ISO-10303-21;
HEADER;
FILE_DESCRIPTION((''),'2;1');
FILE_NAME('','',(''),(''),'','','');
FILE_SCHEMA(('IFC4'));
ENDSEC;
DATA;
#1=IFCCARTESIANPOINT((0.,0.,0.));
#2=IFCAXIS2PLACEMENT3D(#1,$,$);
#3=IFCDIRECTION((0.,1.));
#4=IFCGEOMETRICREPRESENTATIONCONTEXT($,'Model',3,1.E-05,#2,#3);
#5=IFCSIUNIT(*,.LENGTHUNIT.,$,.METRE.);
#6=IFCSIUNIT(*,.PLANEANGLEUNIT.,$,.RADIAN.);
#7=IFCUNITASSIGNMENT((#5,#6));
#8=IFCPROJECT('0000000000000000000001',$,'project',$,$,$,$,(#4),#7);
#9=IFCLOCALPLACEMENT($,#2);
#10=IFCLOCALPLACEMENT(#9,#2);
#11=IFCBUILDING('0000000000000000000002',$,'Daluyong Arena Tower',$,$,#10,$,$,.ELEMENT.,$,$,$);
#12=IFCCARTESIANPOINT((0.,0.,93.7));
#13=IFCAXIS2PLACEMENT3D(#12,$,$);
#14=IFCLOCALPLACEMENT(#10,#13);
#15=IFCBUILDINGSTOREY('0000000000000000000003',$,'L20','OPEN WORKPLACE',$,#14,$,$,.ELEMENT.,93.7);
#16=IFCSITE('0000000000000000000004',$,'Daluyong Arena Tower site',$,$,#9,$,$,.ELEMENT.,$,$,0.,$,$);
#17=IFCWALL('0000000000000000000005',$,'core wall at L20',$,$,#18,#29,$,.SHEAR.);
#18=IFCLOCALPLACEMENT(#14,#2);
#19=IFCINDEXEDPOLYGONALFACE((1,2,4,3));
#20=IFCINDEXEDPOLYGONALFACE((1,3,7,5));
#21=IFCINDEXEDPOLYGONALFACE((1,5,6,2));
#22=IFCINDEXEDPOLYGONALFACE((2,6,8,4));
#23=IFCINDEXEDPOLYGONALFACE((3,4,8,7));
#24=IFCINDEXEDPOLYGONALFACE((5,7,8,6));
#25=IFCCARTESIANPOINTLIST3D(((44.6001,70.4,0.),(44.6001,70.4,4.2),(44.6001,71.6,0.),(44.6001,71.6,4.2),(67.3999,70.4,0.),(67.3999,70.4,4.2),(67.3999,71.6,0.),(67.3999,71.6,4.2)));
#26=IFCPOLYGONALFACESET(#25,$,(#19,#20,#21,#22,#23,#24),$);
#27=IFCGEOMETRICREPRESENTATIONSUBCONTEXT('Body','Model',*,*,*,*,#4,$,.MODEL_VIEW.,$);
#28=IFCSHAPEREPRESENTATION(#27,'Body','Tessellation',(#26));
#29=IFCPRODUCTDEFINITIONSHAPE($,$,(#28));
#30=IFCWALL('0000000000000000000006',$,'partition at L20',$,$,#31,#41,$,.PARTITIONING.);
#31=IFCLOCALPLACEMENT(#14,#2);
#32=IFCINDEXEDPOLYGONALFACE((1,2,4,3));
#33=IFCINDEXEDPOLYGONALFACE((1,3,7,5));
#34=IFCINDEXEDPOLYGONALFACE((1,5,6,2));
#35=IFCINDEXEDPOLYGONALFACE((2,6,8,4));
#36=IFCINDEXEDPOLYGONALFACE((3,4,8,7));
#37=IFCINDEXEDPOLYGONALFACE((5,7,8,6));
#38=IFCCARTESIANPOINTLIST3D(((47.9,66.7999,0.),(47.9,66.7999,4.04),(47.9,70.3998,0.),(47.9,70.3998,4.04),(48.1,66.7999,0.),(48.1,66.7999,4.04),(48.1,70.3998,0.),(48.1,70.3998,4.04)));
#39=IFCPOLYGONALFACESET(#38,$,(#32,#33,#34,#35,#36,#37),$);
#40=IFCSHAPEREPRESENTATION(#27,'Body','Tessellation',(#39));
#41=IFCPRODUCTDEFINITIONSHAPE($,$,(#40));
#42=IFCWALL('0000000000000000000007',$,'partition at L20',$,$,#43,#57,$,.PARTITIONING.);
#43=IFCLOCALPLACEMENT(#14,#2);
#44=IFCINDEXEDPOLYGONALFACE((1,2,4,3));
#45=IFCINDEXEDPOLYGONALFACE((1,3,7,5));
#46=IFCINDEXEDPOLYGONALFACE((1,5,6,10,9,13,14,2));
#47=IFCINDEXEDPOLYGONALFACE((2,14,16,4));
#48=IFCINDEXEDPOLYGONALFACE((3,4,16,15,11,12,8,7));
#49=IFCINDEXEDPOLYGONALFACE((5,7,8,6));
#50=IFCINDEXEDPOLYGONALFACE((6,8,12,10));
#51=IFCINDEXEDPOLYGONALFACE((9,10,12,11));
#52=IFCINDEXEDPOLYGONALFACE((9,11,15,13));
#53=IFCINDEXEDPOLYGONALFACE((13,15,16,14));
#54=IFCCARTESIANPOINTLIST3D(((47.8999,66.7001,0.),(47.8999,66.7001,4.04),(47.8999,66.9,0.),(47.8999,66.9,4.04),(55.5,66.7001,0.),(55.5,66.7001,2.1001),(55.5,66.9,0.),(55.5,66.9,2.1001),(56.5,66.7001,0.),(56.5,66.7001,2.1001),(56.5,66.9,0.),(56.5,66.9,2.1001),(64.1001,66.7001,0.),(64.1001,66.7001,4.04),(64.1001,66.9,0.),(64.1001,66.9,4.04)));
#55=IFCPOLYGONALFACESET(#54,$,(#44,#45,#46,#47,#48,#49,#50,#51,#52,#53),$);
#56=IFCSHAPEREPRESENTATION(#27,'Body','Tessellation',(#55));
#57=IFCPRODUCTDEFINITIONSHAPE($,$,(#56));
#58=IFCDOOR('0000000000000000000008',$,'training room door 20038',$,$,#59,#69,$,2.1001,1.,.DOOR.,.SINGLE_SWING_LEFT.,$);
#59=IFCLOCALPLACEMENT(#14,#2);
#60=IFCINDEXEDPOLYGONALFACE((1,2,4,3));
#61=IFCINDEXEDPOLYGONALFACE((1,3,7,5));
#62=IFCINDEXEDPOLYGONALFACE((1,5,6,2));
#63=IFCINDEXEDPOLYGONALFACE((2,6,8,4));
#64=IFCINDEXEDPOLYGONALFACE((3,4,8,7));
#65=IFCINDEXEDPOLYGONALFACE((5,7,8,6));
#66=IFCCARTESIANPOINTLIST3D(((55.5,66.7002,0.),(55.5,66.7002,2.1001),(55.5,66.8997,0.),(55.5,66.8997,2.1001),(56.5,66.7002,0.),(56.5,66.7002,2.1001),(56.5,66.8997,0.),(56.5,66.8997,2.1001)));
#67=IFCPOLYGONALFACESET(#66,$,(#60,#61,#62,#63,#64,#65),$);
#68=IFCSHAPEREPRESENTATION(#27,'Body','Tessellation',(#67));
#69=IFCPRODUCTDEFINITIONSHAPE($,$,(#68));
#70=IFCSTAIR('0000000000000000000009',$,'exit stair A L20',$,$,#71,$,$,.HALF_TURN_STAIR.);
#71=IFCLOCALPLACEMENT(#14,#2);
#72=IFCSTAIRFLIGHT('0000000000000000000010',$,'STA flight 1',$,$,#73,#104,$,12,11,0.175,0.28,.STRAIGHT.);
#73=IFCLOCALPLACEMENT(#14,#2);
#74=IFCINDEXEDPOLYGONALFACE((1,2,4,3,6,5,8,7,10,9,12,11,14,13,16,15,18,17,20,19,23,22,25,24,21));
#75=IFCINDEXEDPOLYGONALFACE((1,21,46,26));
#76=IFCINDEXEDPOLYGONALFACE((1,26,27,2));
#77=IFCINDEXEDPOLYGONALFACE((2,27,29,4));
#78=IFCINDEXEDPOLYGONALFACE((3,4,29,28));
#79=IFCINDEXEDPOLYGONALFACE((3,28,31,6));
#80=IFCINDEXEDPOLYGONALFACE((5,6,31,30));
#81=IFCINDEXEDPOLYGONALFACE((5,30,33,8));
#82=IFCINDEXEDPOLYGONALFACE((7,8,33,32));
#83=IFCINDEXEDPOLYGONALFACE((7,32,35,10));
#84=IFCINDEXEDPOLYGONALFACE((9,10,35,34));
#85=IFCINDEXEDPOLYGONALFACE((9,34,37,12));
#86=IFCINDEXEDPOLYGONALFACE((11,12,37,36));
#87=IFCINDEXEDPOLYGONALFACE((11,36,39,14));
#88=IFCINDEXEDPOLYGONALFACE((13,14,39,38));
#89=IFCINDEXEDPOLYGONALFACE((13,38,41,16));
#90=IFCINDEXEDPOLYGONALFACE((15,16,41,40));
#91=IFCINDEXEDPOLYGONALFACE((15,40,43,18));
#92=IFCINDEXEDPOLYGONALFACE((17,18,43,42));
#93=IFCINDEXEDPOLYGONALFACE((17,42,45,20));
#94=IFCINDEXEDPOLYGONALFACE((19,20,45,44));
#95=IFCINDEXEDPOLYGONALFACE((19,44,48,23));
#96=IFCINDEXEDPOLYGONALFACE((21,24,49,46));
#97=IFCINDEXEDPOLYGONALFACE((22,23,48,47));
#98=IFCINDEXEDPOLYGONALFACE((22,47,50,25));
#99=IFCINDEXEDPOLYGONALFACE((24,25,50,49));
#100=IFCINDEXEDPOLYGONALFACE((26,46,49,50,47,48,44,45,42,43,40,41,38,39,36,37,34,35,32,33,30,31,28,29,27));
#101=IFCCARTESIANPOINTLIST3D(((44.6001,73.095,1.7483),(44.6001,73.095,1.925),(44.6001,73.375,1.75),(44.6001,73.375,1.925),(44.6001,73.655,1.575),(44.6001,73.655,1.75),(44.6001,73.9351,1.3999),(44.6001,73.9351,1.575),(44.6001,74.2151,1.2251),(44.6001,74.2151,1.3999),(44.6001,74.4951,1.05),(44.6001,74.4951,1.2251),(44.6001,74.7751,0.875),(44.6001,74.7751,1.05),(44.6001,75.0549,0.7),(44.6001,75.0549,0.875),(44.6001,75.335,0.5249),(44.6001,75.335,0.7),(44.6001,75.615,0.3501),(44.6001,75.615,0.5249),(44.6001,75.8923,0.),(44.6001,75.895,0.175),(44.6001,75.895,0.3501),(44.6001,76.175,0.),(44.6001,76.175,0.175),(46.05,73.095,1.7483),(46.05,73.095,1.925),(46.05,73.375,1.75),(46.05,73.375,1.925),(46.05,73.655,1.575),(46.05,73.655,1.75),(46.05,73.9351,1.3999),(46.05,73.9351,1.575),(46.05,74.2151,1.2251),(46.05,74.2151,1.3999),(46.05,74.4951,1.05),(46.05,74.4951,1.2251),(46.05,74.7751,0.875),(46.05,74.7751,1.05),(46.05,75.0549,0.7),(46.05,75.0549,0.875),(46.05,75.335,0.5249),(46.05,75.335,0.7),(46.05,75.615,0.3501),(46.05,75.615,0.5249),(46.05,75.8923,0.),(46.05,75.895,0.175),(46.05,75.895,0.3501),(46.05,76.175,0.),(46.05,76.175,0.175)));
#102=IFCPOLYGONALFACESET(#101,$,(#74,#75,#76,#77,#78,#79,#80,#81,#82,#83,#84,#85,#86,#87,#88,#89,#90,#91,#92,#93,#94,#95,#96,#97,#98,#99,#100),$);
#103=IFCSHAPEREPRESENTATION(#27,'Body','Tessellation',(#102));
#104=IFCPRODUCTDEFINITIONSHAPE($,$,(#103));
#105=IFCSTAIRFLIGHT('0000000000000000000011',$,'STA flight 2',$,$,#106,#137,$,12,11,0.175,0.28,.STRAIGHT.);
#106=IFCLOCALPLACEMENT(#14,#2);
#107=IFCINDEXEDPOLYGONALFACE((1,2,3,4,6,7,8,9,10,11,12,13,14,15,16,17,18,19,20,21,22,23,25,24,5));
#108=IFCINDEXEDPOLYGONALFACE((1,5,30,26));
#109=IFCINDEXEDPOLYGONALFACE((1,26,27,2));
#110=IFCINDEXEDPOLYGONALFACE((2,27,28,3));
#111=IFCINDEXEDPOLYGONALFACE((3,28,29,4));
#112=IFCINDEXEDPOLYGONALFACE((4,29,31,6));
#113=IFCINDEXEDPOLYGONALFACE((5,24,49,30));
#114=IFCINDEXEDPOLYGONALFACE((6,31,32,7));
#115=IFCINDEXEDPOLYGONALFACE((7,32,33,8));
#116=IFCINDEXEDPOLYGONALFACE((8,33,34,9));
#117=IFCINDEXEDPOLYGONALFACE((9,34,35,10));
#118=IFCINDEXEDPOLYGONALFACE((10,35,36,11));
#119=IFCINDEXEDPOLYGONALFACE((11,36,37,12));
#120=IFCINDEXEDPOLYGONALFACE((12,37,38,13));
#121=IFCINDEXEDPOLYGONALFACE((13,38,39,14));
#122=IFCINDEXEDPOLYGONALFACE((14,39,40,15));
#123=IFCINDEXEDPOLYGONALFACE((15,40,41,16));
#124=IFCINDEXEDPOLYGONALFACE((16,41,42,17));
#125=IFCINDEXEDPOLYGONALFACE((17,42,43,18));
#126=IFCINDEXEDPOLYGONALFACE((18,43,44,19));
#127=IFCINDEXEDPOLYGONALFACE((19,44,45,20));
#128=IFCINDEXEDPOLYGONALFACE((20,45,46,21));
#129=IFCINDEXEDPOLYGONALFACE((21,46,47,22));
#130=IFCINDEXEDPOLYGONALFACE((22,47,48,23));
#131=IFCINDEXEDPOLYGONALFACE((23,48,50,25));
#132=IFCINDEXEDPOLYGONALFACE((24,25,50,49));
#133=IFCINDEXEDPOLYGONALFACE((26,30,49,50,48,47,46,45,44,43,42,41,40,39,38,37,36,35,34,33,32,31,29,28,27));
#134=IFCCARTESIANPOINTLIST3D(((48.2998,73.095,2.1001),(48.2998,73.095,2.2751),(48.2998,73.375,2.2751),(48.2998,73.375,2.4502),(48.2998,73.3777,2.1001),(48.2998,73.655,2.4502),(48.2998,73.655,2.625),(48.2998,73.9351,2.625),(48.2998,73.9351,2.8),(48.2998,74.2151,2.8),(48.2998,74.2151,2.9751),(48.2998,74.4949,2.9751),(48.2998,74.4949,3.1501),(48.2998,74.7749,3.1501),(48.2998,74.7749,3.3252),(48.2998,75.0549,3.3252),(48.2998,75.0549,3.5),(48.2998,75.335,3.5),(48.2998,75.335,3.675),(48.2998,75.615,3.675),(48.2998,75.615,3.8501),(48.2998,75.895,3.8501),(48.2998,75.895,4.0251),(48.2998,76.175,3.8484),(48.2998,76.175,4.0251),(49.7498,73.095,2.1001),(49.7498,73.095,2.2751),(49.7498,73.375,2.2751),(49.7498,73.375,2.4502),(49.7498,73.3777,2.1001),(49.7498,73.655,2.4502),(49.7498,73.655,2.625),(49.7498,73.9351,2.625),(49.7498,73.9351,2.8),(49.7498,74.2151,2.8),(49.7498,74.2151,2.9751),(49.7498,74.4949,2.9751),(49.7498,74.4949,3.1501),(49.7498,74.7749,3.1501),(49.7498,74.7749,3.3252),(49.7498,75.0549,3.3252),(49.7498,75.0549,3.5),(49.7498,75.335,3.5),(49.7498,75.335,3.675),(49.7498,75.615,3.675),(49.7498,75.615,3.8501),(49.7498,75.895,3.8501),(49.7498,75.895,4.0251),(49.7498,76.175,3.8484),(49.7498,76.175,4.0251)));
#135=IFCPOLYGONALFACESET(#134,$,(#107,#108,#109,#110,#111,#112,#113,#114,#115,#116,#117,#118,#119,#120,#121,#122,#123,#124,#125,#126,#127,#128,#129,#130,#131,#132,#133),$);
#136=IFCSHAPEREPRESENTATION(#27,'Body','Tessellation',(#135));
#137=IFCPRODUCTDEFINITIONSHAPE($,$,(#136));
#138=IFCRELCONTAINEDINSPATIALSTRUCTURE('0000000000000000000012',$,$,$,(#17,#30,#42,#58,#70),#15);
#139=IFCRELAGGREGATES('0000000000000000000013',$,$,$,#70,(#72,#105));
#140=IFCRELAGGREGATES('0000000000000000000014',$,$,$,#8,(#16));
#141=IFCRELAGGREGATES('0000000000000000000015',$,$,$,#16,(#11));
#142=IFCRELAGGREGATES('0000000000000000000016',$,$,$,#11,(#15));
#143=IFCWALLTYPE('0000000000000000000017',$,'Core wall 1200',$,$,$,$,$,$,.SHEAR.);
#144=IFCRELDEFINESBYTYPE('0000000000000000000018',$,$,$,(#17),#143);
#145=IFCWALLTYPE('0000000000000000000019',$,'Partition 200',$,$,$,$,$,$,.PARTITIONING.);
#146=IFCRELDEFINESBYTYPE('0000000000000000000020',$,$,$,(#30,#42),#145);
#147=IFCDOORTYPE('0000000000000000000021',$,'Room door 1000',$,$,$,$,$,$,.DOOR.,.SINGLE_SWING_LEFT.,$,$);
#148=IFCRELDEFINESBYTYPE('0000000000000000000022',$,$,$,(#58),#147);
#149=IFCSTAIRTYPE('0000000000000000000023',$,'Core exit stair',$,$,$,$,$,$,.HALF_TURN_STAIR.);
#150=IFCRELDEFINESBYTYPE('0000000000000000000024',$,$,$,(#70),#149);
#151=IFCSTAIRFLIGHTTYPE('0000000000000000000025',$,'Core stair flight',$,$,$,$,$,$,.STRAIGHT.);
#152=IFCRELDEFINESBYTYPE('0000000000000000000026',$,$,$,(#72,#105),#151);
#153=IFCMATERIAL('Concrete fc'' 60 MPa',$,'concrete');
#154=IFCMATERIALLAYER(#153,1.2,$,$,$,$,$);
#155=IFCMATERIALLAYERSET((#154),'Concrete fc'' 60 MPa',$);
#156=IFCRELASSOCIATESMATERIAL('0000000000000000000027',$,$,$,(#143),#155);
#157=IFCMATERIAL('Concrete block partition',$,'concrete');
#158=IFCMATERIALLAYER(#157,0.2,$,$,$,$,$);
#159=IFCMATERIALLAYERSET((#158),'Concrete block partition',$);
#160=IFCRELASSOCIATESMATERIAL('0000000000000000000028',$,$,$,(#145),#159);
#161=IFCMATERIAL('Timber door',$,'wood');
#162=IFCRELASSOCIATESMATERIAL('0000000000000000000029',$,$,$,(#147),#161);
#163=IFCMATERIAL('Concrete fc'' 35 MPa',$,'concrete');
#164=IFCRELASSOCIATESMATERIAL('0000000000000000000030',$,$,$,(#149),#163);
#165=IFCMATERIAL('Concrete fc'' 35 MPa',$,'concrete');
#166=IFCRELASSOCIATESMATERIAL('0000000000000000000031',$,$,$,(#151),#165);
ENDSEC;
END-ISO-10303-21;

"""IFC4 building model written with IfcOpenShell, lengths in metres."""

from ifc_helpers import new_model, si_unit, direction, frame, frame_2d, origin, place, context, subcontext, project, spatial, polyline, rectangle, outline, extrude, material, layer, layer_set, type_object, element, fill, aggregate, save


model = new_model("IFC4")

# Units and contexts
model_context = context("Model", 3, precision=1e-05, world=origin(), true_north=direction((0.0, 1.0)))
body_context = subcontext(model_context, "Body", "Model", "MODEL_VIEW")
ifc_project = project(units=[si_unit("LENGTHUNIT", "METRE"), si_unit("PLANEANGLEUNIT", "RADIAN")], contexts=[model_context])

# Site, building, storey
site_placement = place(None, origin())
site = spatial("IfcSite", under=ifc_project, at=site_placement, Name="Daluyong Arena Tower site", CompositionType="ELEMENT", RefElevation=0.0)
building_placement = place(site_placement, origin())
building = spatial("IfcBuilding", under=site, at=building_placement, Name="Daluyong Arena Tower", CompositionType="ELEMENT")
storey_placement = place(building_placement, frame((0.0, 0.0, 93.7)))
storey = spatial("IfcBuildingStorey", under=building, at=storey_placement, Name="L20", Description="OPEN WORKPLACE", CompositionType="ELEMENT", Elevation=93.7)

# Shared definitions
ifc_material_1 = material(Name="Concrete fc' 60 MPa", Category="concrete")
ifc_layer_1 = layer(ifc_material_1, 1.2)
ifc_layer_set_1 = layer_set([ifc_layer_1], Name="Concrete fc' 60 MPa")
wall_type_1 = type_object("IfcWallType", Name="Core wall 1200", PredefinedType="SHEAR", material=ifc_layer_set_1)

# Walls
wall_1_placement = place(storey_placement, frame((44.6001, 71.0, 0.0), z_axis=(0.0, 0.0, 1.0), x_axis=(1.0, 0.0, 0.0)))
element("IfcWall", 1, at=wall_1_placement, inside=storey, type_object=wall_type_1, Name="core wall at L20", PredefinedType="SHEAR", context=body_context, shape_type="SweptSolid", body=[
    extrude(rectangle(XDim=22.7998, YDim=1.2, at=frame_2d((11.3999, 0.0))), origin(), (0.0, 0.0, 1.0), 4.2),
])
ifc_material_2 = material(Name="Concrete block partition", Category="concrete")
ifc_layer_2 = layer(ifc_material_2, 0.2)
ifc_layer_set_2 = layer_set([ifc_layer_2], Name="Concrete block partition")
wall_type_2 = type_object("IfcWallType", Name="Partition 200", PredefinedType="PARTITIONING", material=ifc_layer_set_2)
wall_2_placement = place(storey_placement, frame((48.0, 66.8, 0.0), z_axis=(0.0, 0.0, 1.0), x_axis=(0.0, 1.0, 0.0)))
element("IfcWall", 2, at=wall_2_placement, inside=storey, type_object=wall_type_2, Name="partition at L20", PredefinedType="PARTITIONING", context=body_context, shape_type="SweptSolid", body=[
    extrude(rectangle(XDim=3.5999, YDim=0.2, at=frame_2d((1.7998, 0.0))), origin(), (0.0, 0.0, 1.0), 4.04),
])

# Wall, opening, door
wall_3_placement = place(storey_placement, frame((47.8999, 66.8, 0.0), z_axis=(0.0, 0.0, 1.0), x_axis=(1.0, 0.0, 0.0)))
wall_3 = element("IfcWall", 3, at=wall_3_placement, inside=storey, type_object=wall_type_2, Name="partition at L20", PredefinedType="PARTITIONING", context=body_context, shape_type="SweptSolid", body=[
    extrude(rectangle(XDim=16.2002, YDim=0.2, at=frame_2d((8.1001, 0.0))), origin(), (0.0, 0.0, 1.0), 4.04),
])
opening_1_placement = place(wall_3_placement, frame((7.6001, 0.0, 0.0)))
opening_1 = element("IfcOpeningElement", 4, at=opening_1_placement, cuts=wall_3, PredefinedType="OPENING", context=body_context, shape_type="SweptSolid", body=[
    extrude(rectangle(XDim=1.0, YDim=2.1001, at=frame_2d((0.5, 1.05))), frame((0.0, 0.1099, 0.0), z_axis=(0.0, -1.0, 0.0), x_axis=(1.0, 0.0, 0.0)), (0.0, 0.0, 1.0), 0.22),
])
ifc_material_3 = material(Name="Timber door", Category="wood")
door_type_1 = type_object("IfcDoorType", Name="Room door 1000", OperationType="SINGLE_SWING_LEFT", PredefinedType="DOOR", material=ifc_material_3)
door_1_placement = place(opening_1_placement, origin())
door_1 = element("IfcDoor", 5, at=door_1_placement, inside=storey, type_object=door_type_1, Name="training room door 20038", OperationType="SINGLE_SWING_LEFT", OverallHeight=2.1001, OverallWidth=1.0, PredefinedType="DOOR", context=body_context, shape_type="SweptSolid", body=[
    extrude(rectangle(XDim=1.0, YDim=2.1001, at=frame_2d((0.5, 1.05))), frame((0.0, 0.0996, 0.0), z_axis=(0.0, -1.0, 0.0), x_axis=(1.0, 0.0, 0.0)), (0.0, 0.0, 1.0), 0.1995),
])
fill(opening_1, door_1)

# Stair, stair flights
ifc_material_4 = material(Name="Concrete fc' 35 MPa", Category="concrete")
stair_type = type_object("IfcStairType", Name="Core exit stair", PredefinedType="HALF_TURN_STAIR", material=ifc_material_4)
stair_placement = place(storey_placement, origin())
stair = element("IfcStair", 6, at=stair_placement, inside=storey, type_object=stair_type, Name="exit stair A L20", PredefinedType="HALF_TURN_STAIR")
ifc_material_5 = material(Name="Concrete fc' 35 MPa", Category="concrete")
stair_flight_type = type_object("IfcStairFlightType", Name="Core stair flight", PredefinedType="STRAIGHT", material=ifc_material_5)
stair_flight_1_placement = place(storey_placement, frame((45.325, 76.175, 0.0), z_axis=(0.0, 0.0, 1.0), x_axis=(0.0, -1.0, 0.0)))
stair_flight_1 = element("IfcStairFlight", 7, at=stair_flight_1_placement, type_object=stair_flight_type, Name="STA flight 1", NumberOfRisers=12, NumberOfTreads=11, PredefinedType="STRAIGHT", RiserHeight=0.175, TreadLength=0.28, context=body_context, shape_type="SweptSolid", body=[
    extrude(outline(polyline([(0.0, 0.0), (0.0, 0.175), (0.28, 0.175), (0.28, 0.3501), (0.5601, 0.3501), (0.5601, 0.5249), (0.8401, 0.5249), (0.8401, 0.7), (1.1201, 0.7), (1.1201, 0.875), (1.3999, 0.875), (1.3999, 1.05), (1.6799, 1.05), (1.6799, 1.2251), (1.96, 1.2251), (1.96, 1.3999), (2.24, 1.3999), (2.24, 1.575), (2.52, 1.575), (2.52, 1.75), (2.8, 1.75), (2.8, 1.925), (3.0801, 1.925), (3.0801, 2.1001), (3.0801, 1.7483), (0.2827, 0.0), (0.0, 0.0)])), frame((0.0, 0.7251, 0.0), z_axis=(0.0, -1.0, 0.0), x_axis=(1.0, 0.0, 0.0)), (0.0, 0.0, 1.0), 1.45),
])
stair_flight_2_placement = place(storey_placement, frame((49.0249, 73.095, 2.1001), z_axis=(0.0, 0.0, 1.0), x_axis=(0.0, 1.0, 0.0)))
stair_flight_2 = element("IfcStairFlight", 8, at=stair_flight_2_placement, type_object=stair_flight_type, Name="STA flight 2", NumberOfRisers=12, NumberOfTreads=11, PredefinedType="STRAIGHT", RiserHeight=0.175, TreadLength=0.28, context=body_context, shape_type="SweptSolid", body=[
    extrude(outline(polyline([(0.0, 0.0), (0.0, 0.175), (0.28, 0.175), (0.28, 0.3501), (0.5601, 0.3501), (0.5601, 0.5249), (0.8401, 0.5249), (0.8401, 0.7), (1.1201, 0.7), (1.1201, 0.875), (1.3999, 0.875), (1.3999, 1.05), (1.6799, 1.05), (1.6799, 1.2251), (1.96, 1.2251), (1.96, 1.3999), (2.24, 1.3999), (2.24, 1.575), (2.52, 1.575), (2.52, 1.75), (2.8, 1.75), (2.8, 1.925), (3.0801, 1.925), (3.0801, 2.1001), (3.0801, 1.7483), (0.2827, 0.0), (0.0, 0.0)])), frame((0.0, 0.7251, 0.0), z_axis=(0.0, -1.0, 0.0), x_axis=(1.0, 0.0, 0.0)), (0.0, 0.0, 1.0), 1.45),
])
aggregate(stair, [stair_flight_1, stair_flight_2])

save(model, "model.ifc")
